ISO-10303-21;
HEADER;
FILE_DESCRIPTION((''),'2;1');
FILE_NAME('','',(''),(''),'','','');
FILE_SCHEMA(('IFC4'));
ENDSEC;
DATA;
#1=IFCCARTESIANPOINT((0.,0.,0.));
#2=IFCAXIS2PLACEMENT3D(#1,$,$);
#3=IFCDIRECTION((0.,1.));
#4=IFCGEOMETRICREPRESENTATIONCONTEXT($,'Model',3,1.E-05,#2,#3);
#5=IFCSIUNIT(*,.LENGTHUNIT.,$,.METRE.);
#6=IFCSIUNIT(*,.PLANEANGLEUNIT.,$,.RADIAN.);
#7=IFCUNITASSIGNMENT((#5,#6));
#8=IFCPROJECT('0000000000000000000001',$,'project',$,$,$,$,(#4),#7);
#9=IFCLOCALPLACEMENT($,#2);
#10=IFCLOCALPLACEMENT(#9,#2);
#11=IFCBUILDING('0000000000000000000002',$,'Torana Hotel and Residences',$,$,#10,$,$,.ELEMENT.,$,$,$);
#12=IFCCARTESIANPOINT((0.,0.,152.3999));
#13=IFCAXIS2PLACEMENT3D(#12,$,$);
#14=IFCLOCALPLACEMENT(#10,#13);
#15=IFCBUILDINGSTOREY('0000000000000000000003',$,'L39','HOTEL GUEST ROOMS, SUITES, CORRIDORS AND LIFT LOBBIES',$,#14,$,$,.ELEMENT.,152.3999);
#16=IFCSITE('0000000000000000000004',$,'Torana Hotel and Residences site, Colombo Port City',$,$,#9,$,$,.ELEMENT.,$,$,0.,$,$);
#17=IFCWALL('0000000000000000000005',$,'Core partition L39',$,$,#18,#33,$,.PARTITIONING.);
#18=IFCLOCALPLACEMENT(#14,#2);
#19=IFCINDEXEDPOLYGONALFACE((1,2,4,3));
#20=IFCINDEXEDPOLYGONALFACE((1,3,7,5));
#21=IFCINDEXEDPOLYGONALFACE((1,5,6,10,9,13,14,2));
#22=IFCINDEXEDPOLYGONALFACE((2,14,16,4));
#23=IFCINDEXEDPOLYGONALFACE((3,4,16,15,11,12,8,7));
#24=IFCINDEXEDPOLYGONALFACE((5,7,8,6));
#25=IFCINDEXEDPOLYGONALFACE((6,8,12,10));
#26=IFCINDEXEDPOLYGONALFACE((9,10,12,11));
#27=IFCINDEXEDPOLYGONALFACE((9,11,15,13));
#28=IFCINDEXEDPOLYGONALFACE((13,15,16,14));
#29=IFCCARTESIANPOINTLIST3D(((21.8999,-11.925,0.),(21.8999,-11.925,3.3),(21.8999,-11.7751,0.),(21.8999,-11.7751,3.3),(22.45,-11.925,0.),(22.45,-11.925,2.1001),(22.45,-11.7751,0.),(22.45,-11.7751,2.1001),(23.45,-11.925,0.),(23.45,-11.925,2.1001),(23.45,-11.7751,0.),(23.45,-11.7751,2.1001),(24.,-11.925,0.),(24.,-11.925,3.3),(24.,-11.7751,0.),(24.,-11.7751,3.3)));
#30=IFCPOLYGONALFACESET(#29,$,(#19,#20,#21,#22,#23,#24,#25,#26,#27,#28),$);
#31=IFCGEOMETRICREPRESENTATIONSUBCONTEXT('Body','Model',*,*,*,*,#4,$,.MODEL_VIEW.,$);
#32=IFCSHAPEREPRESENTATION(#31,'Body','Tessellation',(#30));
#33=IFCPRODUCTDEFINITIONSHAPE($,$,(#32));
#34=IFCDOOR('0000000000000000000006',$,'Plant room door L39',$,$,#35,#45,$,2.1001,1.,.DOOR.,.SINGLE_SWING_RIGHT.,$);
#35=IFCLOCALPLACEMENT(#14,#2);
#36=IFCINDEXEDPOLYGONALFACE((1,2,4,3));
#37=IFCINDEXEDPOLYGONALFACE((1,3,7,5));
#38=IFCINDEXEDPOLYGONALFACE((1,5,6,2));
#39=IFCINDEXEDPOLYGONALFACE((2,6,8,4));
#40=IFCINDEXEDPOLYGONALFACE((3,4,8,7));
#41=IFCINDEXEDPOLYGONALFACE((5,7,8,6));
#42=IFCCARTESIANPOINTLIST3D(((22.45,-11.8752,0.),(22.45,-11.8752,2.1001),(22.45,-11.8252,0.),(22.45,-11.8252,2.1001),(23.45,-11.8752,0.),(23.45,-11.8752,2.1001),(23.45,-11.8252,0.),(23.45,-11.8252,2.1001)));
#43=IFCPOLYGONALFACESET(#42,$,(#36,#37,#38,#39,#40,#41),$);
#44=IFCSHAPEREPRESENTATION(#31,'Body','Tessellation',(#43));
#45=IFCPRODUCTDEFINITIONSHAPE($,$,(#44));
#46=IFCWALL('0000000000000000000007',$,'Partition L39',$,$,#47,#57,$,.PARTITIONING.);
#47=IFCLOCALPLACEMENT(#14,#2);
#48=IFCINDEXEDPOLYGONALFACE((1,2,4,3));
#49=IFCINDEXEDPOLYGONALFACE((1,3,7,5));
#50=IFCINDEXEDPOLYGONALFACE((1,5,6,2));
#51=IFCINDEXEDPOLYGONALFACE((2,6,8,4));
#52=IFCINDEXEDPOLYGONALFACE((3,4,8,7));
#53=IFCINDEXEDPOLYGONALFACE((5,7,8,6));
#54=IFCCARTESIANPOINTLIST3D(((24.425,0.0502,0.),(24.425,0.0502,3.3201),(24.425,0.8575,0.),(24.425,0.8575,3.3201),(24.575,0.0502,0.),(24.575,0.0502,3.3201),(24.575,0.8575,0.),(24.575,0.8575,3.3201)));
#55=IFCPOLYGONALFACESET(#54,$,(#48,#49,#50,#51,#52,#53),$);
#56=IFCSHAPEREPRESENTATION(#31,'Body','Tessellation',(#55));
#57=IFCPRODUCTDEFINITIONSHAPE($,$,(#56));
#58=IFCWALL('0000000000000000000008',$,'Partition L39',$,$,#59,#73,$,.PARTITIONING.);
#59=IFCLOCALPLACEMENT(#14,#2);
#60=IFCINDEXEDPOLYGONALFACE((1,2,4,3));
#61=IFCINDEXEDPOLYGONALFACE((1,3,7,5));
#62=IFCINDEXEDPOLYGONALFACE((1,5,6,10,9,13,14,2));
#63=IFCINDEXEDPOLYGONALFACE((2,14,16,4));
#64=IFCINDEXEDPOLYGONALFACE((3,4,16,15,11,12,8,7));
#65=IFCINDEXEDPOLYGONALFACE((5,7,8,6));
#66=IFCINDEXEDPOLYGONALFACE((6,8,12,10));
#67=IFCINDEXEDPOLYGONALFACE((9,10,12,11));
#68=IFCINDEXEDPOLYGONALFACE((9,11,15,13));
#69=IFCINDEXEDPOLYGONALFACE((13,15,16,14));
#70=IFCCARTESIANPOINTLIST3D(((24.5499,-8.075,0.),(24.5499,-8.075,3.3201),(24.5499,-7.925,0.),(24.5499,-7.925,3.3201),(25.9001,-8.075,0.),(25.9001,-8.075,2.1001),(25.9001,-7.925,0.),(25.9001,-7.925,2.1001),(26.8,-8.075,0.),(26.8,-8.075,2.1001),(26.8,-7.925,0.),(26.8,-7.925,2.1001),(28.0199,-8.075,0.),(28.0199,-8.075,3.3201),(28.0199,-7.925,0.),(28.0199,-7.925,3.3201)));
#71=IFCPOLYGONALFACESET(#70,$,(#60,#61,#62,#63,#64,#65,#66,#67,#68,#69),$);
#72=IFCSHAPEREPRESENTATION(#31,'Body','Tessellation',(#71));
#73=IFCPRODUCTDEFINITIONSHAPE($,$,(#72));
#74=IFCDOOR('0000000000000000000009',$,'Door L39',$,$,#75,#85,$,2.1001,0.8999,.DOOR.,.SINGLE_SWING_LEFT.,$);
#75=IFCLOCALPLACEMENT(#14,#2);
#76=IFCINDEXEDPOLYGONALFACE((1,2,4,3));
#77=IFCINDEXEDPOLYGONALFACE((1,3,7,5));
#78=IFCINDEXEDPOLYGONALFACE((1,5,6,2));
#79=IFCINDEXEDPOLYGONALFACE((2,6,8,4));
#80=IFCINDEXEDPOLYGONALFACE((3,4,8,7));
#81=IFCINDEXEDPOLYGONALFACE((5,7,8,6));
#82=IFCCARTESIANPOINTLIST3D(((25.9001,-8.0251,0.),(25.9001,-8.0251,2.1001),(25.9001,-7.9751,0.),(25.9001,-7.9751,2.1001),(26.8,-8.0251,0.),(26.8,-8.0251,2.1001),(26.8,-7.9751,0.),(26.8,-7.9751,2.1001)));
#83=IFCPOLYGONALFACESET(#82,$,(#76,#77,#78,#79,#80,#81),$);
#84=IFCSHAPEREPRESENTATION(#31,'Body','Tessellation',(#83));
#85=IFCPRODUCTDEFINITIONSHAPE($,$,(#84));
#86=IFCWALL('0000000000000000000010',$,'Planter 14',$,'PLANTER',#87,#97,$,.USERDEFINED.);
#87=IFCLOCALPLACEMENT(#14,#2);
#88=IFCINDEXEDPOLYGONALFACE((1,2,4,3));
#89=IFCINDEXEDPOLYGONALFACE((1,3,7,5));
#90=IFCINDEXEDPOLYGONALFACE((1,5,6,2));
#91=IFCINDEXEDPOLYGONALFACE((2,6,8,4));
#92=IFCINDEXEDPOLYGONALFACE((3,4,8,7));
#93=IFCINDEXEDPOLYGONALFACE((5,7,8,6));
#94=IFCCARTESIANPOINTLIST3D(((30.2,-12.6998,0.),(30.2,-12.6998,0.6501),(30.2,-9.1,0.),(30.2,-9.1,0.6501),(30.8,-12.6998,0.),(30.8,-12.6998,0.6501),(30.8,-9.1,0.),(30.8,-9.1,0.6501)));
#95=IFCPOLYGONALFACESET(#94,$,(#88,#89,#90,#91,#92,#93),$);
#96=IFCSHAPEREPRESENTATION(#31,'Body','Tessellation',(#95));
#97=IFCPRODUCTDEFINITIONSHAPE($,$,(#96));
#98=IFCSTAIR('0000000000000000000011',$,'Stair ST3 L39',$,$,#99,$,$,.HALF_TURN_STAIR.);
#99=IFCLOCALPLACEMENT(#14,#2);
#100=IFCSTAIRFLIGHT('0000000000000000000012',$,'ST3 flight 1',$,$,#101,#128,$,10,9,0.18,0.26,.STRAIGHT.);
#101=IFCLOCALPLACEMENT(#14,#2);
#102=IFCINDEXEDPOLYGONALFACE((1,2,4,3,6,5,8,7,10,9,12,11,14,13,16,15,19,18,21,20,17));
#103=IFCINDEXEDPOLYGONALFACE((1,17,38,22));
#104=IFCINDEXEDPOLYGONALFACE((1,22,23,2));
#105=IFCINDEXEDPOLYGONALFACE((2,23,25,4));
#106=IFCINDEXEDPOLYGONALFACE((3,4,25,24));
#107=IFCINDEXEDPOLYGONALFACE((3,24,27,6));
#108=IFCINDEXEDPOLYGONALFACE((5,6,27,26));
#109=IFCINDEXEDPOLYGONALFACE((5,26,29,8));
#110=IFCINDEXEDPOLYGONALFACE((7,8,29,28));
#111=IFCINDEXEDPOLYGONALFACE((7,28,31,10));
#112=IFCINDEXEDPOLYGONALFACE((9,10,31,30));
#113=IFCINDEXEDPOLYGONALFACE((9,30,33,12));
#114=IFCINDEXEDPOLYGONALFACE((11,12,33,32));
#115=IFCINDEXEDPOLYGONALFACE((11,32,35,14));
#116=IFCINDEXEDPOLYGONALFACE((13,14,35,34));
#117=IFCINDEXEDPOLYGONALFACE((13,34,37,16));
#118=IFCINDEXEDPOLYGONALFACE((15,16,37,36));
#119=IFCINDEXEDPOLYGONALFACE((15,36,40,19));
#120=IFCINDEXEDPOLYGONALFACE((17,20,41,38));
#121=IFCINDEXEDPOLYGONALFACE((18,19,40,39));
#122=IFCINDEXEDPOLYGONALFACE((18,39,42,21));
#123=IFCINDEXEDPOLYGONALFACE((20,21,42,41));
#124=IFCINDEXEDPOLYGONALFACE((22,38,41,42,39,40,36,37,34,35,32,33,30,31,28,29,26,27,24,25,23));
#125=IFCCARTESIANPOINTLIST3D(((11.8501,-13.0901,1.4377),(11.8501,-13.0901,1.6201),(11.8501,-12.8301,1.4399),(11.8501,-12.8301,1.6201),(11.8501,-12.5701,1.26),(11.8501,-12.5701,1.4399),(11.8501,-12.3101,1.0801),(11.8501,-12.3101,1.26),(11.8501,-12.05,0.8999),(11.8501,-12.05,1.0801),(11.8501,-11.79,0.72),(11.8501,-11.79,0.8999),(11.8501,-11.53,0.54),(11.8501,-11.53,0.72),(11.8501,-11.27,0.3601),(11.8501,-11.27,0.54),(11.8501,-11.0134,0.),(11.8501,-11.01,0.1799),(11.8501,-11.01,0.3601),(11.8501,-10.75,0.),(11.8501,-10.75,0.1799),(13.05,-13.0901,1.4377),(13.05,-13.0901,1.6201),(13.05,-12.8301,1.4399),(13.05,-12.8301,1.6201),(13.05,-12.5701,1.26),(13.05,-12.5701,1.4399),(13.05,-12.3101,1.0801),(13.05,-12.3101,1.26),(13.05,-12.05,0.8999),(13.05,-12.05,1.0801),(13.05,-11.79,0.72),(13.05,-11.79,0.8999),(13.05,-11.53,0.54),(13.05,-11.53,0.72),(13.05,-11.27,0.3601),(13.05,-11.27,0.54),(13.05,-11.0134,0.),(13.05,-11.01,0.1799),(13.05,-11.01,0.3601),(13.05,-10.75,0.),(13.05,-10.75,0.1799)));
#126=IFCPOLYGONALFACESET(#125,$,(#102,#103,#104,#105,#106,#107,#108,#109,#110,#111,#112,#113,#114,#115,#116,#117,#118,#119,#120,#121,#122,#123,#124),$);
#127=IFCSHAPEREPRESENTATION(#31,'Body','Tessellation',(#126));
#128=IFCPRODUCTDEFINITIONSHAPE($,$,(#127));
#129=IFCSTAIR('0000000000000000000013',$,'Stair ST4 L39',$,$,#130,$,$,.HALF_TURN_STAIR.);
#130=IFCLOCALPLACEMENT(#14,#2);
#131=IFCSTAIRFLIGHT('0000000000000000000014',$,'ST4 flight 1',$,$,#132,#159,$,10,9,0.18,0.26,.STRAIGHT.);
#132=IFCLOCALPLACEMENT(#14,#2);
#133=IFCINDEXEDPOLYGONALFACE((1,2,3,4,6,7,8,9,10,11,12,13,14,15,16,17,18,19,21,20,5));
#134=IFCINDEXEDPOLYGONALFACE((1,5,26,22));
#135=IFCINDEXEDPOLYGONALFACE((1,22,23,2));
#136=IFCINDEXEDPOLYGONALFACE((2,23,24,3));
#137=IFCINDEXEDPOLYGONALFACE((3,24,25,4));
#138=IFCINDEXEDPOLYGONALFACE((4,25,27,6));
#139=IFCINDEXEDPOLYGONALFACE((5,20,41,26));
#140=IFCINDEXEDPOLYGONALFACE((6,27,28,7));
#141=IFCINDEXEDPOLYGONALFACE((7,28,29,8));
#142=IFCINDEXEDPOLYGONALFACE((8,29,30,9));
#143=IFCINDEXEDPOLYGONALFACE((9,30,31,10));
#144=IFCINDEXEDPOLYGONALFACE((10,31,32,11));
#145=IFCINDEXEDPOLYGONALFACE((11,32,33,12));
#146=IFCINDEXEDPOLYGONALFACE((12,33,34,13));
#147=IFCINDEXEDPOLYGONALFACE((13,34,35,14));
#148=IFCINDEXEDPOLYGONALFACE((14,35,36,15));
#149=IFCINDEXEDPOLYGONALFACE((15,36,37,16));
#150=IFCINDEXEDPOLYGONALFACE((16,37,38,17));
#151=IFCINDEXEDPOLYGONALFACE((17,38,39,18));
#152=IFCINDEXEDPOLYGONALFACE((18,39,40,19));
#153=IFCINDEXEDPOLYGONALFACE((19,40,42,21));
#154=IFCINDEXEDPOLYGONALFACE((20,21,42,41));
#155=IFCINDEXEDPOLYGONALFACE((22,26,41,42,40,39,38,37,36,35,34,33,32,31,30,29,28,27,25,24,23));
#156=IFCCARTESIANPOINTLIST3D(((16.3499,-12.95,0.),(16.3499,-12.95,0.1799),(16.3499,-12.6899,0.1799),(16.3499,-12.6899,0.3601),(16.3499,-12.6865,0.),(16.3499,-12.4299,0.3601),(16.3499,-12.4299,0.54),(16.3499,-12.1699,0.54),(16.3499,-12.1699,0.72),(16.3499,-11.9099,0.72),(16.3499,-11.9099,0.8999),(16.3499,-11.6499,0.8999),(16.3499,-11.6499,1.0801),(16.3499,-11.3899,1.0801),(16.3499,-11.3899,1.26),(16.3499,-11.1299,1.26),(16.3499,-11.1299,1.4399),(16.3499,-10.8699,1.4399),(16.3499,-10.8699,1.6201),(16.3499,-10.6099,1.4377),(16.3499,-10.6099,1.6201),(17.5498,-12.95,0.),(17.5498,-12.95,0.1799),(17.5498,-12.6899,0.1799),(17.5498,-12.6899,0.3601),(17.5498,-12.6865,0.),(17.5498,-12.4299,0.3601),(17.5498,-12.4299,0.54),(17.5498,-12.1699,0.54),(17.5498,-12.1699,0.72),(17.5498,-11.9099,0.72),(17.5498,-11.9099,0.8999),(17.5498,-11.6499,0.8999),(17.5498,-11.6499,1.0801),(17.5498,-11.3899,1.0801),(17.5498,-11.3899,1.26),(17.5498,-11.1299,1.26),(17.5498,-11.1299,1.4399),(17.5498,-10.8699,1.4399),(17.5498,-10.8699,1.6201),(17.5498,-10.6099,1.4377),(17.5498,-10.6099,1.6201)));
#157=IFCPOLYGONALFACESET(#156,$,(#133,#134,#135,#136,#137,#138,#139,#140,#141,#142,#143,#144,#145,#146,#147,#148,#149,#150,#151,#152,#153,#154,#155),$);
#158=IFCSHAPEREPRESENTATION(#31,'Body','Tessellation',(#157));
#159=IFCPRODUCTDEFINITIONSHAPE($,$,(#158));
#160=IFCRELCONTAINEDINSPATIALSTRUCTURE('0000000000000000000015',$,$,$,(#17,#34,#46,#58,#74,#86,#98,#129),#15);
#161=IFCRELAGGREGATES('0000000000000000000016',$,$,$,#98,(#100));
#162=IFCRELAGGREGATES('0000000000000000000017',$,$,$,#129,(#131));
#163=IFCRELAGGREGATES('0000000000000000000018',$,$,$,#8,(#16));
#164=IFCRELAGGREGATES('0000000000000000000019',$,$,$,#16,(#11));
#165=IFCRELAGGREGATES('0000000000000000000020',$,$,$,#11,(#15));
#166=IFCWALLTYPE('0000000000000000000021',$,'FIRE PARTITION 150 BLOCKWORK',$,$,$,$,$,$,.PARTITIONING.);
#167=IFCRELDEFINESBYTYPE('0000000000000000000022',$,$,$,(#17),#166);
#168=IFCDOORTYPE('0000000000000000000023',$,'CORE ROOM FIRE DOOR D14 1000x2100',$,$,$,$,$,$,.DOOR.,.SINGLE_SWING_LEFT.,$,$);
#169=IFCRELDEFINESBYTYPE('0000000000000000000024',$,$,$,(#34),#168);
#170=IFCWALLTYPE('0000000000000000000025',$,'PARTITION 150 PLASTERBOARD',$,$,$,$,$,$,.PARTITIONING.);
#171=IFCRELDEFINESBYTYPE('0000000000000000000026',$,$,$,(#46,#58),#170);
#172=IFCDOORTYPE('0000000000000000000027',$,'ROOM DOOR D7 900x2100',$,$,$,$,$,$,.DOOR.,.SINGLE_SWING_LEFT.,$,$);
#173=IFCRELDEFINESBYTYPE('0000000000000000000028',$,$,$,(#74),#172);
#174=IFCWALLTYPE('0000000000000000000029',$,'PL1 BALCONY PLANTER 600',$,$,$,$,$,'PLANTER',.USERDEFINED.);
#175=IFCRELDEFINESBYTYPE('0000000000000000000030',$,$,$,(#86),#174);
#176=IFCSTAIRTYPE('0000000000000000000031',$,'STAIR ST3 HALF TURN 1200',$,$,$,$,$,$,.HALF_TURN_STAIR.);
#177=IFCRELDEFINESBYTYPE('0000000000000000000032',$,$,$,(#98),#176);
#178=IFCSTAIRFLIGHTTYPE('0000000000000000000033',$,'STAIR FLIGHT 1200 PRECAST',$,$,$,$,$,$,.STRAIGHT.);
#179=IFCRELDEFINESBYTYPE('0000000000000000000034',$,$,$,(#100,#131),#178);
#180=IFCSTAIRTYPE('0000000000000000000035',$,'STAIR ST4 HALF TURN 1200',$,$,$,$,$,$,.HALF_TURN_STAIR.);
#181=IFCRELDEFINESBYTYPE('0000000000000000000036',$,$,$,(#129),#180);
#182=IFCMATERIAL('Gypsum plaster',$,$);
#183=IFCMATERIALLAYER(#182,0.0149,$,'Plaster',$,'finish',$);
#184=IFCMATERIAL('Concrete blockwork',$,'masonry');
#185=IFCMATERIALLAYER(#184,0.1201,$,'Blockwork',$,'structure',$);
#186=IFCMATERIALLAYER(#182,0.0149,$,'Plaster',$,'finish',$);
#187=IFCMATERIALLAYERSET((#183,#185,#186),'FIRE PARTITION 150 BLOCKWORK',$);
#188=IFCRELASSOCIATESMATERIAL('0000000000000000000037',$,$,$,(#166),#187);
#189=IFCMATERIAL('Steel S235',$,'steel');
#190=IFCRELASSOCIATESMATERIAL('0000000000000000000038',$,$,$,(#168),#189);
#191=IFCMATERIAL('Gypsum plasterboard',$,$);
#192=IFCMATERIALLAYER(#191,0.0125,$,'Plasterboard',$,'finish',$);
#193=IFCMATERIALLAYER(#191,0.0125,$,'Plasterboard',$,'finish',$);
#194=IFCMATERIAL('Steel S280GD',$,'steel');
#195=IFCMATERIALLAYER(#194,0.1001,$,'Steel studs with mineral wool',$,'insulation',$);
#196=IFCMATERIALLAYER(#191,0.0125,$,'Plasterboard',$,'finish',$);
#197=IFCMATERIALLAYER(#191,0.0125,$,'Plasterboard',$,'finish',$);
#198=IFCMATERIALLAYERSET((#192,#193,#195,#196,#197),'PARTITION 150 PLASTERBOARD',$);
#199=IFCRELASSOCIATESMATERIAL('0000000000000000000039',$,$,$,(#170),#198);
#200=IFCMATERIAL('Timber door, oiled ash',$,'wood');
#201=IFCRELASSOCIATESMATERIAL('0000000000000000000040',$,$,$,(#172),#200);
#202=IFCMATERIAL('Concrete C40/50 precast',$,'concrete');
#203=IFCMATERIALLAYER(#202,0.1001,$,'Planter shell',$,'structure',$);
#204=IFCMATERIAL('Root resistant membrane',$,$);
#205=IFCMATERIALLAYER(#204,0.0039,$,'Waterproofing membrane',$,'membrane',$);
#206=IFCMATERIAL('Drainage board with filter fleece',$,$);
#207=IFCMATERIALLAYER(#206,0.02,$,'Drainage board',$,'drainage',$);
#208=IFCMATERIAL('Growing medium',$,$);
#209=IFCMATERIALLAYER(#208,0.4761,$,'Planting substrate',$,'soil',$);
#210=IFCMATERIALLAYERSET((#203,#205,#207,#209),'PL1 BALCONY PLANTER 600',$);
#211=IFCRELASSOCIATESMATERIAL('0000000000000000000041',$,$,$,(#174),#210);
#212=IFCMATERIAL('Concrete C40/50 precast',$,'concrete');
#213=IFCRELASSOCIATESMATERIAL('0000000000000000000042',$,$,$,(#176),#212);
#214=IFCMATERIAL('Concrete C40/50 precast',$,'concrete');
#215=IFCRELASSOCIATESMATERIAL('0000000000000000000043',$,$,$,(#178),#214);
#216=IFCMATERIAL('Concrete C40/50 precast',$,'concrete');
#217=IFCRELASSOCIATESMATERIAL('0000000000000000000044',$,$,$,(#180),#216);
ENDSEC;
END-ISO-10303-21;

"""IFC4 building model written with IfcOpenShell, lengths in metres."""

from ifc_helpers import new_model, si_unit, direction, frame, frame_2d, origin, place, context, subcontext, project, spatial, polyline, rectangle, outline, extrude, material, layer, layer_set, type_object, element, fill, aggregate, save


model = new_model("IFC4")

# Units and contexts
model_context = context("Model", 3, precision=1e-05, world=origin(), true_north=direction((0.0, 1.0)))
body_context = subcontext(model_context, "Body", "Model", "MODEL_VIEW")
ifc_project = project(units=[si_unit("LENGTHUNIT", "METRE"), si_unit("PLANEANGLEUNIT", "RADIAN")], contexts=[model_context])

# Site, building, storey
site_placement = place(None, origin())
site = spatial("IfcSite", under=ifc_project, at=site_placement, Name="Torana Hotel and Residences site, Colombo Port City", CompositionType="ELEMENT", RefElevation=0.0)
building_placement = place(site_placement, origin())
building = spatial("IfcBuilding", under=site, at=building_placement, Name="Torana Hotel and Residences", CompositionType="ELEMENT")
storey_placement = place(building_placement, frame((0.0, 0.0, 152.3999)))
storey = spatial("IfcBuildingStorey", under=building, at=storey_placement, Name="L39", Description="HOTEL GUEST ROOMS, SUITES, CORRIDORS AND LIFT LOBBIES", CompositionType="ELEMENT", Elevation=152.3999)

# Shared definitions
ifc_material_1 = material(Name="Steel S280GD", Category="steel")
ifc_material_2 = material(Name="Concrete C40/50 precast", Category="concrete")
ifc_material_3 = material(Name="Gypsum plaster")
ifc_layer_1 = layer(ifc_material_3, 0.0149, Name="Plaster", Category="finish")
ifc_material_4 = material(Name="Concrete blockwork", Category="masonry")
ifc_layer_2 = layer(ifc_material_4, 0.1201, Name="Blockwork", Category="structure")
ifc_layer_3 = layer(ifc_material_3, 0.0149, Name="Plaster", Category="finish")
ifc_layer_set_1 = layer_set([ifc_layer_1, ifc_layer_2, ifc_layer_3], Name="FIRE PARTITION 150 BLOCKWORK")
wall_type_1 = type_object("IfcWallType", Name="FIRE PARTITION 150 BLOCKWORK", PredefinedType="PARTITIONING", material=ifc_layer_set_1)

# Wall, opening, door
wall_1_placement = place(storey_placement, frame((21.8999, -11.8501, 0.0), z_axis=(0.0, 0.0, 1.0), x_axis=(1.0, 0.0, 0.0)))
wall_1 = element("IfcWall", 1, at=wall_1_placement, inside=storey, type_object=wall_type_1, Name="Core partition L39", PredefinedType="PARTITIONING", context=body_context, shape_type="SweptSolid", body=[
    extrude(rectangle(XDim=2.1001, YDim=0.1499, at=frame_2d((1.05, 0.0))), origin(), (0.0, 0.0, 1.0), 3.3),
])
opening_1_placement = place(wall_1_placement, frame((0.55, 0.0, 0.0)))
opening_1 = element("IfcOpeningElement", 2, at=opening_1_placement, cuts=wall_1, PredefinedType="OPENING", context=body_context, shape_type="SweptSolid", body=[
    extrude(rectangle(XDim=1.0, YDim=2.1001, at=frame_2d((0.5, 1.05))), frame((0.0, 0.085, 0.0), z_axis=(0.0, -1.0, 0.0), x_axis=(1.0, 0.0, 0.0)), (0.0, 0.0, 1.0), 0.1699),
])
ifc_material_5 = material(Name="Steel S235", Category="steel")
door_type_1 = type_object("IfcDoorType", Name="CORE ROOM FIRE DOOR D14 1000x2100", OperationType="SINGLE_SWING_LEFT", PredefinedType="DOOR", material=ifc_material_5)
door_1_placement = place(opening_1_placement, origin())
door_1 = element("IfcDoor", 3, at=door_1_placement, inside=storey, type_object=door_type_1, Name="Plant room door L39", OperationType="SINGLE_SWING_RIGHT", OverallHeight=2.1001, OverallWidth=1.0, PredefinedType="DOOR", context=body_context, shape_type="SweptSolid", body=[
    extrude(rectangle(XDim=1.0, YDim=2.1001, at=frame_2d((0.5, 1.05))), frame((0.0, 0.0249, 0.0), z_axis=(0.0, -1.0, 0.0), x_axis=(1.0, 0.0, 0.0)), (0.0, 0.0, 1.0), 0.05),
])
fill(opening_1, door_1)

# Wall
ifc_material_6 = material(Name="Gypsum plasterboard")
ifc_layer_4 = layer(ifc_material_6, 0.0125, Name="Plasterboard", Category="finish")
ifc_layer_5 = layer(ifc_material_6, 0.0125, Name="Plasterboard", Category="finish")
ifc_layer_6 = layer(ifc_material_1, 0.1001, Name="Steel studs with mineral wool", Category="insulation")
ifc_layer_7 = layer(ifc_material_6, 0.0125, Name="Plasterboard", Category="finish")
ifc_layer_8 = layer(ifc_material_6, 0.0125, Name="Plasterboard", Category="finish")
ifc_layer_set_2 = layer_set([ifc_layer_4, ifc_layer_5, ifc_layer_6, ifc_layer_7, ifc_layer_8], Name="PARTITION 150 PLASTERBOARD")
wall_type_2 = type_object("IfcWallType", Name="PARTITION 150 PLASTERBOARD", PredefinedType="PARTITIONING", material=ifc_layer_set_2)
wall_2_placement = place(storey_placement, frame((24.5, 0.05, 0.0), z_axis=(0.0, 0.0, 1.0), x_axis=(0.0, 1.0, 0.0)))
element("IfcWall", 4, at=wall_2_placement, inside=storey, type_object=wall_type_2, Name="Partition L39", PredefinedType="PARTITIONING", context=body_context, shape_type="SweptSolid", body=[
    extrude(rectangle(XDim=0.8074, YDim=0.1499, at=frame_2d((0.4038, 0.0))), origin(), (0.0, 0.0, 1.0), 3.3201),
])

# Wall, opening, door
wall_3_placement = place(storey_placement, frame((24.55, -8.0, 0.0), z_axis=(0.0, 0.0, 1.0), x_axis=(1.0, 0.0, 0.0)))
wall_3 = element("IfcWall", 5, at=wall_3_placement, inside=storey, type_object=wall_type_2, Name="Partition L39", PredefinedType="PARTITIONING", context=body_context, shape_type="SweptSolid", body=[
    extrude(rectangle(XDim=3.47, YDim=0.1499, at=frame_2d((1.7349, 0.0))), origin(), (0.0, 0.0, 1.0), 3.3201),
])
opening_2_placement = place(wall_3_placement, frame((1.3501, 0.0, 0.0)))
opening_2 = element("IfcOpeningElement", 6, at=opening_2_placement, cuts=wall_3, PredefinedType="OPENING", context=body_context, shape_type="SweptSolid", body=[
    extrude(rectangle(XDim=0.8999, YDim=2.1001, at=frame_2d((0.45, 1.05))), frame((0.0, 0.085, 0.0), z_axis=(0.0, -1.0, 0.0), x_axis=(1.0, 0.0, 0.0)), (0.0, 0.0, 1.0), 0.1699),
])
ifc_material_7 = material(Name="Timber door, oiled ash", Category="wood")
door_type_2 = type_object("IfcDoorType", Name="ROOM DOOR D7 900x2100", OperationType="SINGLE_SWING_LEFT", PredefinedType="DOOR", material=ifc_material_7)
door_2_placement = place(opening_2_placement, origin())
door_2 = element("IfcDoor", 7, at=door_2_placement, inside=storey, type_object=door_type_2, Name="Door L39", OperationType="SINGLE_SWING_LEFT", OverallHeight=2.1001, OverallWidth=0.8999, PredefinedType="DOOR", context=body_context, shape_type="SweptSolid", body=[
    extrude(rectangle(XDim=0.8999, YDim=2.1001, at=frame_2d((0.45, 1.05))), frame((0.0, 0.0249, 0.0), z_axis=(0.0, -1.0, 0.0), x_axis=(1.0, 0.0, 0.0)), (0.0, 0.0, 1.0), 0.05),
])
fill(opening_2, door_2)

# Wall
ifc_layer_9 = layer(ifc_material_2, 0.1001, Name="Planter shell", Category="structure")
ifc_material_8 = material(Name="Root resistant membrane")
ifc_layer_10 = layer(ifc_material_8, 0.0039, Name="Waterproofing membrane", Category="membrane")
ifc_material_9 = material(Name="Drainage board with filter fleece")
ifc_layer_11 = layer(ifc_material_9, 0.02, Name="Drainage board", Category="drainage")
ifc_material_10 = material(Name="Growing medium")
ifc_layer_12 = layer(ifc_material_10, 0.4761, Name="Planting substrate", Category="soil")
ifc_layer_set_3 = layer_set([ifc_layer_9, ifc_layer_10, ifc_layer_11, ifc_layer_12], Name="PL1 BALCONY PLANTER 600")
wall_type_3 = type_object("IfcWallType", Name="PL1 BALCONY PLANTER 600", ElementType="PLANTER", PredefinedType="USERDEFINED", material=ifc_layer_set_3)
wall_4_placement = place(storey_placement, frame((30.5, -9.1001, 0.0), z_axis=(0.0, 0.0, 1.0), x_axis=(0.0, -1.0, 0.0)))
element("IfcWall", 8, at=wall_4_placement, inside=storey, type_object=wall_type_3, Name="Planter 14", ObjectType="PLANTER", PredefinedType="USERDEFINED", context=body_context, shape_type="SweptSolid", body=[
    extrude(rectangle(XDim=3.5999, YDim=0.6001, at=frame_2d((1.7998, 0.0))), origin(), (0.0, 0.0, 1.0), 0.6501),
])

# Stair, stair flight
ifc_material_11 = material(Name="Concrete C40/50 precast", Category="concrete")
stair_type_1 = type_object("IfcStairType", Name="STAIR ST3 HALF TURN 1200", PredefinedType="HALF_TURN_STAIR", material=ifc_material_11)
stair_1_placement = place(storey_placement, origin())
stair_1 = element("IfcStair", 9, at=stair_1_placement, inside=storey, type_object=stair_type_1, Name="Stair ST3 L39", PredefinedType="HALF_TURN_STAIR")
ifc_material_12 = material(Name="Concrete C40/50 precast", Category="concrete")
stair_flight_type = type_object("IfcStairFlightType", Name="STAIR FLIGHT 1200 PRECAST", PredefinedType="STRAIGHT", material=ifc_material_12)
stair_flight_1_placement = place(storey_placement, frame((12.45, -10.75, 0.0), z_axis=(0.0, 0.0, 1.0), x_axis=(0.0, -1.0, 0.0)))
stair_flight_1 = element("IfcStairFlight", 10, at=stair_flight_1_placement, type_object=stair_flight_type, Name="ST3 flight 1", NumberOfRisers=10, NumberOfTreads=9, PredefinedType="STRAIGHT", RiserHeight=0.18, TreadLength=0.26, context=body_context, shape_type="SweptSolid", body=[
    extrude(outline(polyline([(0.0, 0.0), (0.0, 0.1799), (0.26, 0.1799), (0.26, 0.3601), (0.52, 0.3601), (0.52, 0.54), (0.78, 0.54), (0.78, 0.72), (1.04, 0.72), (1.04, 0.8999), (1.3, 0.8999), (1.3, 1.0801), (1.5601, 1.0801), (1.5601, 1.26), (1.8201, 1.26), (1.8201, 1.4399), (2.0801, 1.4399), (2.0801, 1.6201), (2.3401, 1.6201), (2.3401, 1.8), (2.3401, 1.4377), (0.2634, 0.0), (0.0, 0.0)])), frame((0.0, 0.6001, 0.0), z_axis=(0.0, -1.0, 0.0), x_axis=(1.0, 0.0, 0.0)), (0.0, 0.0, 1.0), 1.2),
])
aggregate(stair_1, [stair_flight_1])

# Stair, stair flight
ifc_material_13 = material(Name="Concrete C40/50 precast", Category="concrete")
stair_type_2 = type_object("IfcStairType", Name="STAIR ST4 HALF TURN 1200", PredefinedType="HALF_TURN_STAIR", material=ifc_material_13)
stair_2_placement = place(storey_placement, origin())
stair_2 = element("IfcStair", 11, at=stair_2_placement, inside=storey, type_object=stair_type_2, Name="Stair ST4 L39", PredefinedType="HALF_TURN_STAIR")
stair_flight_2_placement = place(storey_placement, frame((16.95, -12.95, 0.0), z_axis=(0.0, 0.0, 1.0), x_axis=(0.0, 1.0, 0.0)))
stair_flight_2 = element("IfcStairFlight", 12, at=stair_flight_2_placement, type_object=stair_flight_type, Name="ST4 flight 1", NumberOfRisers=10, NumberOfTreads=9, PredefinedType="STRAIGHT", RiserHeight=0.18, TreadLength=0.26, context=body_context, shape_type="SweptSolid", body=[
    extrude(outline(polyline([(0.0, 0.0), (0.0, 0.1799), (0.26, 0.1799), (0.26, 0.3601), (0.52, 0.3601), (0.52, 0.54), (0.78, 0.54), (0.78, 0.72), (1.04, 0.72), (1.04, 0.8999), (1.3, 0.8999), (1.3, 1.0801), (1.5601, 1.0801), (1.5601, 1.26), (1.8201, 1.26), (1.8201, 1.4399), (2.0801, 1.4399), (2.0801, 1.6201), (2.3401, 1.6201), (2.3401, 1.8), (2.3401, 1.4377), (0.2634, 0.0), (0.0, 0.0)])), frame((0.0, 0.6001, 0.0), z_axis=(0.0, -1.0, 0.0), x_axis=(1.0, 0.0, 0.0)), (0.0, 0.0, 1.0), 1.2),
])
aggregate(stair_2, [stair_flight_2])

save(model, "model.ifc")
